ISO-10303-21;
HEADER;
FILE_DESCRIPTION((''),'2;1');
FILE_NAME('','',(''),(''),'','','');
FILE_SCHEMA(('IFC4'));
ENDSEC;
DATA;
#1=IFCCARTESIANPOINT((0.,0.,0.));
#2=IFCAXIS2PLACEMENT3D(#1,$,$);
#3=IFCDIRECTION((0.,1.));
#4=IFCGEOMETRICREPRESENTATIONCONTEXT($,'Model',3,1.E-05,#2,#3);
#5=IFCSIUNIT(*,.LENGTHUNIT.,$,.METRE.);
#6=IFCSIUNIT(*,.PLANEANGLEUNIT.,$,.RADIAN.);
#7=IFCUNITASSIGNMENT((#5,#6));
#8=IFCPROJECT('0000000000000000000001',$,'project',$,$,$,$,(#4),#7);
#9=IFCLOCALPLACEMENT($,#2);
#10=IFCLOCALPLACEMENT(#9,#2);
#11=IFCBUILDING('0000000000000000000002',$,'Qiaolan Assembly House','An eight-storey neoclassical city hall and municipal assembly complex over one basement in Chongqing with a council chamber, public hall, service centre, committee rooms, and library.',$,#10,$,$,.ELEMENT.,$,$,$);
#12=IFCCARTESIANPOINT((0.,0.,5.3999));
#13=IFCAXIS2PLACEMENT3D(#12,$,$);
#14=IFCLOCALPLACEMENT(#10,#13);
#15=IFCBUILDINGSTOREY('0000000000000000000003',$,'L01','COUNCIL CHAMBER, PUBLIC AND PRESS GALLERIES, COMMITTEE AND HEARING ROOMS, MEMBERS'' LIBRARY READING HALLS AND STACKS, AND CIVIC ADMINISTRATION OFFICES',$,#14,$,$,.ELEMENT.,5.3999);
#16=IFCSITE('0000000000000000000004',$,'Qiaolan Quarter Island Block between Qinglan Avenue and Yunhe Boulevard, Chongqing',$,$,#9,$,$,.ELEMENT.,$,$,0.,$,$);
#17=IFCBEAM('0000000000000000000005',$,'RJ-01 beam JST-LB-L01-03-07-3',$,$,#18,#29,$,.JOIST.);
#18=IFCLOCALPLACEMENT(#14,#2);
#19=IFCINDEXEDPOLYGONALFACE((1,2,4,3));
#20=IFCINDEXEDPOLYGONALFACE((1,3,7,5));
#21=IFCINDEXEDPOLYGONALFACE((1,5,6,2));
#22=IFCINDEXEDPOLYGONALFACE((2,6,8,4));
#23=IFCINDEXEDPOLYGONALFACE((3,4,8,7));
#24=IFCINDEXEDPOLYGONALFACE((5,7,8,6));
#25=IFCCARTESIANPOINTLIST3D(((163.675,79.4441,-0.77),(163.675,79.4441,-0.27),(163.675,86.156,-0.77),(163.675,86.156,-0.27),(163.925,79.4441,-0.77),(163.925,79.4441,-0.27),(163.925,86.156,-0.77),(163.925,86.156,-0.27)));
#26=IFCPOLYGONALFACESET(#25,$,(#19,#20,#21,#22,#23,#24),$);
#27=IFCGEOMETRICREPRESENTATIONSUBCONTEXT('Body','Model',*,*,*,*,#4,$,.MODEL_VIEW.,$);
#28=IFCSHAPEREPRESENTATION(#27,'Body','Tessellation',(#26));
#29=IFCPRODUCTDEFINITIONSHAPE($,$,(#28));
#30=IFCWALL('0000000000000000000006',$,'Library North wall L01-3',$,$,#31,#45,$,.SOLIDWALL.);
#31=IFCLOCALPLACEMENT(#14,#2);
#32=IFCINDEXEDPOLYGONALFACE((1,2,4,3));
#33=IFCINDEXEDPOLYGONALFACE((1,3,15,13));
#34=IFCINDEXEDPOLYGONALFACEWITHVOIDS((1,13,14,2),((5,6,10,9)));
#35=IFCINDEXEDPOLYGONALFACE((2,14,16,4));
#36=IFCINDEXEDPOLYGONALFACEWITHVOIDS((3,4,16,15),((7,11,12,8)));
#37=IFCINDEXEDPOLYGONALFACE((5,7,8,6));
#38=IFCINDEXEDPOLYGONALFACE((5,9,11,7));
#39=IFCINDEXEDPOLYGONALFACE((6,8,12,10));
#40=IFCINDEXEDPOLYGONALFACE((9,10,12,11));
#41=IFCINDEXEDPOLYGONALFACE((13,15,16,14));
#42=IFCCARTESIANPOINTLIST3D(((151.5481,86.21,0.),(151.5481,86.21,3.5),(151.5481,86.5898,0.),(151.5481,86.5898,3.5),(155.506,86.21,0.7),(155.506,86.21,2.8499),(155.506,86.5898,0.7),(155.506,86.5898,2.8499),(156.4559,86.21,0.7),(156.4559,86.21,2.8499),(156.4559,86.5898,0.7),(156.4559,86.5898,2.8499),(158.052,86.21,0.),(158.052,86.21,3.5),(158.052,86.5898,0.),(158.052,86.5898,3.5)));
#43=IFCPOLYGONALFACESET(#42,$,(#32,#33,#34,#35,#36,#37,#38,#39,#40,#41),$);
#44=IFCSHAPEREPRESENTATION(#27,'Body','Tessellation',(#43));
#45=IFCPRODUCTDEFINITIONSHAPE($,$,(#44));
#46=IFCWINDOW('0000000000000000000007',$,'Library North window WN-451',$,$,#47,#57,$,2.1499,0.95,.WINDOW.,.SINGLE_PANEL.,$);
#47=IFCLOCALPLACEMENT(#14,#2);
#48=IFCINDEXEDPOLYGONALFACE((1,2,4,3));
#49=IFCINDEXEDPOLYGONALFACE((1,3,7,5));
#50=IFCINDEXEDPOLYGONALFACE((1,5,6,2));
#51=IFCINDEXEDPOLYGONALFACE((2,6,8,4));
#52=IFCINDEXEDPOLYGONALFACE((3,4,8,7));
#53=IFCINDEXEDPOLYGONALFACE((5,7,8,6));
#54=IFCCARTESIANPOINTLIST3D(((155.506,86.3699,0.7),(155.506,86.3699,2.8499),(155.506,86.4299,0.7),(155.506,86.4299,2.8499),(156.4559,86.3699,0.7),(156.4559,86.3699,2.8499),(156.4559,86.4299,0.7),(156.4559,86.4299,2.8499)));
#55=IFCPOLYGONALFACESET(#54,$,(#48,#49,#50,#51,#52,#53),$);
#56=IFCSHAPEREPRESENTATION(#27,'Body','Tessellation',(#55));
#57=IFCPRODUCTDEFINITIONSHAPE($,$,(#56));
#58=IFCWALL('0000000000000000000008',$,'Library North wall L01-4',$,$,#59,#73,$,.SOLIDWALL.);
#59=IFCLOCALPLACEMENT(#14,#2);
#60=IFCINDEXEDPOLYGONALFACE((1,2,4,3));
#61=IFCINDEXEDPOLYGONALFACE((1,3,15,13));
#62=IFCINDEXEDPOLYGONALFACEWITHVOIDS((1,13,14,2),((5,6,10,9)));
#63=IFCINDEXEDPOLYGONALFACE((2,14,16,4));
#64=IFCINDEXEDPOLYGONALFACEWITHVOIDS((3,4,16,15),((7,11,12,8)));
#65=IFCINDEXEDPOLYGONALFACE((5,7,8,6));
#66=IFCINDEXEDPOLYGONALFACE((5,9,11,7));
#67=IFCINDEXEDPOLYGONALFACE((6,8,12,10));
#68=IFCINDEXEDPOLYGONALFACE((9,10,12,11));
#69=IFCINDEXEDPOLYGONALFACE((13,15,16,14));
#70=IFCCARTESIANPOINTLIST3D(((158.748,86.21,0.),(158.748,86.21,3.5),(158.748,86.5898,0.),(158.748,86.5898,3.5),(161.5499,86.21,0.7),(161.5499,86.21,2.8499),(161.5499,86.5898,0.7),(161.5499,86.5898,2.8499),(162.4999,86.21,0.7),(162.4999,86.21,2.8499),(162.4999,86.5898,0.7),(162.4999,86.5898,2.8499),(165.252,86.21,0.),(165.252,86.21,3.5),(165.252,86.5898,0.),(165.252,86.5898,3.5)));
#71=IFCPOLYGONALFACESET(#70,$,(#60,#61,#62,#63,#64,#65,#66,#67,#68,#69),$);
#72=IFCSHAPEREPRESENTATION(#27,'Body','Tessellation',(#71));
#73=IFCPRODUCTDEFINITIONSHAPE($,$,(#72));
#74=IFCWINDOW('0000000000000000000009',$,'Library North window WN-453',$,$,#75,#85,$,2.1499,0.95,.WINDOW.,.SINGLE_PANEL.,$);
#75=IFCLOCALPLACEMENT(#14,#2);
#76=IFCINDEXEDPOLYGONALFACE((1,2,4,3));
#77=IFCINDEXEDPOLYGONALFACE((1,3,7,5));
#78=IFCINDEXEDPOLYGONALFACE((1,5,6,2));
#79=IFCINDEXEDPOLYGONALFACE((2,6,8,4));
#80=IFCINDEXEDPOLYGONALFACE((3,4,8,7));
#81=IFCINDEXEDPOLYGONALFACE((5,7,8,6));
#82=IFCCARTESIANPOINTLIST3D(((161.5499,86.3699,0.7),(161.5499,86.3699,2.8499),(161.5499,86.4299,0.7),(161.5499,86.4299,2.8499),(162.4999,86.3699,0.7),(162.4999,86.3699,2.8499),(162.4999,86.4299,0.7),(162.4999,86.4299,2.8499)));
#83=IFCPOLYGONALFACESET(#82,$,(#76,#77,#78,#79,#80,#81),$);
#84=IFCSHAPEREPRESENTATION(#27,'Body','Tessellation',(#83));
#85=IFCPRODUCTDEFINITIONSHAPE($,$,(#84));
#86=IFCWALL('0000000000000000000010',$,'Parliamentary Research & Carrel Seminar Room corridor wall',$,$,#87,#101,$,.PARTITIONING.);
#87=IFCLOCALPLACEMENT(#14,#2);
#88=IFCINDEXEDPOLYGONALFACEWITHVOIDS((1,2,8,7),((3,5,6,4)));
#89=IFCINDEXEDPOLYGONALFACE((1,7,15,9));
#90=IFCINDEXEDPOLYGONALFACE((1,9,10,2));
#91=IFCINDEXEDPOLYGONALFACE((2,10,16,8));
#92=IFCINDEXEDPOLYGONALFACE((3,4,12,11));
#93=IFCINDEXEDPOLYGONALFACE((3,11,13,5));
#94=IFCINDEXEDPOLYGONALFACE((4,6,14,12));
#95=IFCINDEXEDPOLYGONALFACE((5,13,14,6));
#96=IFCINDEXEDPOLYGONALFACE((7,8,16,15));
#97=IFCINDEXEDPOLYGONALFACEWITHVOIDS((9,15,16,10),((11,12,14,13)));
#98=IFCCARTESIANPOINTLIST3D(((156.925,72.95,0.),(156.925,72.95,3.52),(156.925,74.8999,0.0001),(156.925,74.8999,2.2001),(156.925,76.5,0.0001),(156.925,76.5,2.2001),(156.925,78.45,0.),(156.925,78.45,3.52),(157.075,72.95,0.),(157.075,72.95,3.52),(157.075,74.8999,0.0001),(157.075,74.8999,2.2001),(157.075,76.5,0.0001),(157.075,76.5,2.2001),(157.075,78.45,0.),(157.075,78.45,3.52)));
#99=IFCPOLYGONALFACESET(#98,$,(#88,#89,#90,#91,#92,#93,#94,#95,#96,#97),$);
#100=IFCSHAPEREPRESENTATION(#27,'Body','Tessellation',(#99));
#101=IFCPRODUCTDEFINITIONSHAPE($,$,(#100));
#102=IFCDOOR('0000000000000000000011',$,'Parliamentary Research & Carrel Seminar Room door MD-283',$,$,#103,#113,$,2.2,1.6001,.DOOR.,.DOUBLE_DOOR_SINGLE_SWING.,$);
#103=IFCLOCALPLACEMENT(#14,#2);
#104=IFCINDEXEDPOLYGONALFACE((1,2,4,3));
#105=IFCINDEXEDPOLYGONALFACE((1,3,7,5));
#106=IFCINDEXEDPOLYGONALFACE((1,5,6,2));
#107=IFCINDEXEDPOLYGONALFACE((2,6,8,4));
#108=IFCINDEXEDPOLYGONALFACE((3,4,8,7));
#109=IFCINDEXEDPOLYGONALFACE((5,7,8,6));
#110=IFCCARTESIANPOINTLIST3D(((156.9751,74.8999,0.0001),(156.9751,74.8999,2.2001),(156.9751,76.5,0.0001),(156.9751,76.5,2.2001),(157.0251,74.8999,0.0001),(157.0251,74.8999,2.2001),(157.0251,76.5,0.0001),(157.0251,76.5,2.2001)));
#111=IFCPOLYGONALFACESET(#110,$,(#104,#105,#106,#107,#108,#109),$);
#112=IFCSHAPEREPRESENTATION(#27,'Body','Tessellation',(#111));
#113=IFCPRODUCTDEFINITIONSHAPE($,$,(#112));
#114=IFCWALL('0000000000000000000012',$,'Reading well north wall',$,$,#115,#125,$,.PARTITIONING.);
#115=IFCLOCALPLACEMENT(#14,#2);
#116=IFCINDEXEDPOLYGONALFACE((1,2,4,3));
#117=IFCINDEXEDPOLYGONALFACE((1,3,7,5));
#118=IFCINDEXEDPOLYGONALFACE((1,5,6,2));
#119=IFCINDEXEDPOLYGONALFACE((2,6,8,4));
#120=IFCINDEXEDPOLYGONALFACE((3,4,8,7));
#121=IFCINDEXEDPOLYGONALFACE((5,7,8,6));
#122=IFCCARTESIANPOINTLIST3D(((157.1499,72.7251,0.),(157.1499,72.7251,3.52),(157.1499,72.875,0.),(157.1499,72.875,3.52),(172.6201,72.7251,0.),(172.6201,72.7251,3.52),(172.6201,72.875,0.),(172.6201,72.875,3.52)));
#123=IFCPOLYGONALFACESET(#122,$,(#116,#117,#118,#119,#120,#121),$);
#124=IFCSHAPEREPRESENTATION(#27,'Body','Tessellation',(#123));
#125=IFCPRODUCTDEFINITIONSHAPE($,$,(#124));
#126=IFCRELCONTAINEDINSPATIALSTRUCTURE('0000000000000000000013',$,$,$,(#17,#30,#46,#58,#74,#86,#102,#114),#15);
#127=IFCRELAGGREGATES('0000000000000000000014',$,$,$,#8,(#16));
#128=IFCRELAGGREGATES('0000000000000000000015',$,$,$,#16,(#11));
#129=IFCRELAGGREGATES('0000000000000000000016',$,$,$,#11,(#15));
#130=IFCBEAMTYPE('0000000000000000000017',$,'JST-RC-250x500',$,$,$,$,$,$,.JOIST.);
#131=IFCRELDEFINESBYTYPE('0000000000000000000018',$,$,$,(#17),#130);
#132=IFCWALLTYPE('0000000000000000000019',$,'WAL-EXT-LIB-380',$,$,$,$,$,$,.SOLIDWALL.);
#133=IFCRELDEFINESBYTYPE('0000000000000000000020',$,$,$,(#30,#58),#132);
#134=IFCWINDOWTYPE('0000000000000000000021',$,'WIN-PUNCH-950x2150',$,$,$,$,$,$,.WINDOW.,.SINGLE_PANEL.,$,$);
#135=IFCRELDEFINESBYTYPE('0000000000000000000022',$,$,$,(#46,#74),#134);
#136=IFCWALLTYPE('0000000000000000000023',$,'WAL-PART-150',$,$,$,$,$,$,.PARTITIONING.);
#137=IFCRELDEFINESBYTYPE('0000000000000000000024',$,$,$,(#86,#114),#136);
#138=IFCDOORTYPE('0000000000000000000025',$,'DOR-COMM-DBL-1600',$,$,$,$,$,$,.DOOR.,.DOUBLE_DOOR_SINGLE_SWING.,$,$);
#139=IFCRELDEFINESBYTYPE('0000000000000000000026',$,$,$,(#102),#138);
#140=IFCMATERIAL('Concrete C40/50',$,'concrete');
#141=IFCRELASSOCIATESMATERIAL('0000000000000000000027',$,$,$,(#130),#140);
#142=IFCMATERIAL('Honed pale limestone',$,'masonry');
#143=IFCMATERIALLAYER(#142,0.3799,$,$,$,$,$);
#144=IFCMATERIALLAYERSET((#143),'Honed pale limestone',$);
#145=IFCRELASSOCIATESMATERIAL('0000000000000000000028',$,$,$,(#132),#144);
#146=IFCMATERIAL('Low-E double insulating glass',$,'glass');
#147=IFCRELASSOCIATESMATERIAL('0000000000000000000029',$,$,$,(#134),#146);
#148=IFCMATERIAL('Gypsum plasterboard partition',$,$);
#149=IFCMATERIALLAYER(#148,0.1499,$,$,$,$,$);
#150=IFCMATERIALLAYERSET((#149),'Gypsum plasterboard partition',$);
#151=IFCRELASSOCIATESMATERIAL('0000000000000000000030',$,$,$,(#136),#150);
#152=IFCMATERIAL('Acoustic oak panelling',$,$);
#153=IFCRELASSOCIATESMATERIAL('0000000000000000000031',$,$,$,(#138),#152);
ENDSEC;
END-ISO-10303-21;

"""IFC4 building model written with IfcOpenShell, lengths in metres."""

from ifc_helpers import new_model, si_unit, direction, frame, frame_2d, origin, origin_2d, place, context, subcontext, project, spatial, rectangle, extrude, material, layer, layer_set, material_profile, profile_set, type_object, element, fill, save


model = new_model("IFC4")

# Units and contexts
model_context = context("Model", 3, precision=1e-05, world=origin(), true_north=direction((0.0, 1.0)))
body_context = subcontext(model_context, "Body", "Model", "MODEL_VIEW")
ifc_project = project(units=[si_unit("LENGTHUNIT", "METRE"), si_unit("PLANEANGLEUNIT", "RADIAN")], contexts=[model_context])

# Site, building, storey
site_placement = place(None, origin())
site = spatial("IfcSite", under=ifc_project, at=site_placement, Name="Qiaolan Quarter Island Block between Qinglan Avenue and Yunhe Boulevard, Chongqing", CompositionType="ELEMENT", RefElevation=0.0)
building_placement = place(site_placement, origin())
building = spatial("IfcBuilding", under=site, at=building_placement, Name="Qiaolan Assembly House", Description="An eight-storey neoclassical city hall and municipal assembly complex over one basement in Chongqing with a council chamber, public hall, service centre, committee rooms, and library.", CompositionType="ELEMENT")
storey_placement = place(building_placement, frame((0.0, 0.0, 5.3999)))
storey = spatial("IfcBuildingStorey", under=building, at=storey_placement, Name="L01", Description="COUNCIL CHAMBER, PUBLIC AND PRESS GALLERIES, COMMITTEE AND HEARING ROOMS, MEMBERS' LIBRARY READING HALLS AND STACKS, AND CIVIC ADMINISTRATION OFFICES", CompositionType="ELEMENT", Elevation=5.3999)

# Shared definitions
ifc_material_1 = material(Name="Concrete C40/50", Category="concrete")

# Beam
ifc_material_profile_1 = material_profile(ifc_material_1, rectangle(XDim=0.25, YDim=0.5, at=origin_2d()), Name="RCB 250x500")
ifc_profile_set_1 = profile_set([ifc_material_profile_1], Name="Concrete C40/50")
beam_type_1 = type_object("IfcBeamType", Name="JST-RC-250x500", PredefinedType="JOIST", material=ifc_profile_set_1)
for number, where, z_axis, x_axis, name in (
    (1, (163.8, 79.4441, -0.52), (0.0, 1.0, 0.0), (-1.0, 0.0, 0.0), "RJ-01 beam JST-LB-L01-03-07-3"),
):
    element("IfcBeam", number, at=place(storey_placement, frame(where, z_axis=z_axis, x_axis=x_axis)), inside=storey, type_object=beam_type_1, Name=name, PredefinedType="JOIST", context=body_context, shape_type="SweptSolid", body=[
        extrude(rectangle(XDim=0.25, YDim=0.5, at=origin_2d()), origin(), (0.0, 0.0, 1.0), 6.7119),
    ])

# Walls, openings, windows
ifc_material_2 = material(Name="Honed pale limestone", Category="masonry")
ifc_layer_1 = layer(ifc_material_2, 0.3799)
ifc_layer_set_1 = layer_set([ifc_layer_1], Name="Honed pale limestone")
wall_type_1 = type_object("IfcWallType", Name="WAL-EXT-LIB-380", PredefinedType="SOLIDWALL", material=ifc_layer_set_1)
wall_1_placement = place(storey_placement, frame((158.052, 86.3999, 0.0), z_axis=(0.0, 0.0, 1.0), x_axis=(-1.0, 0.0, 0.0)))
wall_1 = element("IfcWall", 2, at=wall_1_placement, inside=storey, type_object=wall_type_1, Name="Library North wall L01-3", PredefinedType="SOLIDWALL", context=body_context, shape_type="SweptSolid", body=[
    extrude(rectangle(XDim=6.5039, YDim=0.3799, at=frame_2d((3.252, 0.0))), origin(), (0.0, 0.0, 1.0), 3.5),
])
opening_1_placement = place(wall_1_placement, frame((1.5959, 0.0, 0.7)))
opening_1 = element("IfcOpeningElement", 3, at=opening_1_placement, cuts=wall_1, PredefinedType="OPENING", context=body_context, shape_type="SweptSolid", body=[
    extrude(rectangle(XDim=0.95, YDim=2.1499, at=frame_2d((0.4751, 1.075))), frame((0.0, 0.2, 0.0), z_axis=(0.0, -1.0, 0.0), x_axis=(1.0, 0.0, 0.0)), (0.0, 0.0, 1.0), 0.3999),
])
ifc_material_3 = material(Name="Low-E double insulating glass", Category="glass")
window_type = type_object("IfcWindowType", Name="WIN-PUNCH-950x2150", PartitioningType="SINGLE_PANEL", PredefinedType="WINDOW", material=ifc_material_3)
window_1_placement = place(opening_1_placement, origin())
window_1 = element("IfcWindow", 4, at=window_1_placement, inside=storey, type_object=window_type, Name="Library North window WN-451", OverallHeight=2.1499, OverallWidth=0.95, PartitioningType="SINGLE_PANEL", PredefinedType="WINDOW", context=body_context, shape_type="SweptSolid", body=[
    extrude(rectangle(XDim=0.95, YDim=2.1499, at=frame_2d((0.4751, 1.075))), frame((0.0, 0.03, 0.0), z_axis=(0.0, -1.0, 0.0), x_axis=(1.0, 0.0, 0.0)), (0.0, 0.0, 1.0), 0.0601),
])
fill(opening_1, window_1)
wall_2_placement = place(storey_placement, frame((165.252, 86.3999, 0.0), z_axis=(0.0, 0.0, 1.0), x_axis=(-1.0, 0.0, 0.0)))
wall_2 = element("IfcWall", 5, at=wall_2_placement, inside=storey, type_object=wall_type_1, Name="Library North wall L01-4", PredefinedType="SOLIDWALL", context=body_context, shape_type="SweptSolid", body=[
    extrude(rectangle(XDim=6.5039, YDim=0.3799, at=frame_2d((3.252, 0.0))), origin(), (0.0, 0.0, 1.0), 3.5),
])
opening_2_placement = place(wall_2_placement, frame((2.752, 0.0, 0.7)))
opening_2 = element("IfcOpeningElement", 6, at=opening_2_placement, cuts=wall_2, PredefinedType="OPENING", context=body_context, shape_type="SweptSolid", body=[
    extrude(rectangle(XDim=0.95, YDim=2.1499, at=frame_2d((0.4751, 1.075))), frame((0.0, 0.2, 0.0), z_axis=(0.0, -1.0, 0.0), x_axis=(1.0, 0.0, 0.0)), (0.0, 0.0, 1.0), 0.3999),
])
window_2_placement = place(opening_2_placement, origin())
window_2 = element("IfcWindow", 7, at=window_2_placement, inside=storey, type_object=window_type, Name="Library North window WN-453", OverallHeight=2.1499, OverallWidth=0.95, PartitioningType="SINGLE_PANEL", PredefinedType="WINDOW", context=body_context, shape_type="SweptSolid", body=[
    extrude(rectangle(XDim=0.95, YDim=2.1499, at=frame_2d((0.4751, 1.075))), frame((0.0, 0.03, 0.0), z_axis=(0.0, -1.0, 0.0), x_axis=(1.0, 0.0, 0.0)), (0.0, 0.0, 1.0), 0.0601),
])
fill(opening_2, window_2)

# Wall, opening, door
ifc_material_4 = material(Name="Gypsum plasterboard partition")
ifc_layer_2 = layer(ifc_material_4, 0.1499)
ifc_layer_set_2 = layer_set([ifc_layer_2], Name="Gypsum plasterboard partition")
wall_type_2 = type_object("IfcWallType", Name="WAL-PART-150", PredefinedType="PARTITIONING", material=ifc_layer_set_2)
wall_3_placement = place(storey_placement, frame((157.0, 72.95, 0.0), z_axis=(0.0, 0.0, 1.0), x_axis=(0.0, 1.0, 0.0)))
wall_3 = element("IfcWall", 8, at=wall_3_placement, inside=storey, type_object=wall_type_2, Name="Parliamentary Research & Carrel Seminar Room corridor wall", PredefinedType="PARTITIONING", context=body_context, shape_type="SweptSolid", body=[
    extrude(rectangle(XDim=5.5, YDim=0.1499, at=frame_2d((2.75, 0.0))), origin(), (0.0, 0.0, 1.0), 3.52),
])
opening_3_placement = place(wall_3_placement, frame((1.95, 0.0, 0.0)))
opening_3 = element("IfcOpeningElement", 9, at=opening_3_placement, cuts=wall_3, PredefinedType="OPENING", context=body_context, shape_type="SweptSolid", body=[
    extrude(rectangle(XDim=1.6001, YDim=2.2, at=frame_2d((0.8, 1.1001))), frame((0.0, 0.085, 0.0), z_axis=(0.0, -1.0, 0.0), x_axis=(1.0, 0.0, 0.0)), (0.0, 0.0, 1.0), 0.1699),
])
ifc_material_5 = material(Name="Acoustic oak panelling")
door_type = type_object("IfcDoorType", Name="DOR-COMM-DBL-1600", OperationType="DOUBLE_DOOR_SINGLE_SWING", PredefinedType="DOOR", material=ifc_material_5)
door_placement = place(opening_3_placement, origin())
door = element("IfcDoor", 10, at=door_placement, inside=storey, type_object=door_type, Name="Parliamentary Research & Carrel Seminar Room door MD-283", OperationType="DOUBLE_DOOR_SINGLE_SWING", OverallHeight=2.2, OverallWidth=1.6001, PredefinedType="DOOR", context=body_context, shape_type="SweptSolid", body=[
    extrude(rectangle(XDim=1.6001, YDim=2.2, at=frame_2d((0.8, 1.1001))), frame((0.0, 0.0249, 0.0), z_axis=(0.0, -1.0, 0.0), x_axis=(1.0, 0.0, 0.0)), (0.0, 0.0, 1.0), 0.05),
])
fill(opening_3, door)

# Wall
wall_4_placement = place(storey_placement, frame((157.1499, 72.8, 0.0), z_axis=(0.0, 0.0, 1.0), x_axis=(1.0, 0.0, 0.0)))
element("IfcWall", 11, at=wall_4_placement, inside=storey, type_object=wall_type_2, Name="Reading well north wall", PredefinedType="PARTITIONING", context=body_context, shape_type="SweptSolid", body=[
    extrude(rectangle(XDim=15.4702, YDim=0.1499, at=frame_2d((7.7351, 0.0))), origin(), (0.0, 0.0, 1.0), 3.52),
])

save(model, "model.ifc")
